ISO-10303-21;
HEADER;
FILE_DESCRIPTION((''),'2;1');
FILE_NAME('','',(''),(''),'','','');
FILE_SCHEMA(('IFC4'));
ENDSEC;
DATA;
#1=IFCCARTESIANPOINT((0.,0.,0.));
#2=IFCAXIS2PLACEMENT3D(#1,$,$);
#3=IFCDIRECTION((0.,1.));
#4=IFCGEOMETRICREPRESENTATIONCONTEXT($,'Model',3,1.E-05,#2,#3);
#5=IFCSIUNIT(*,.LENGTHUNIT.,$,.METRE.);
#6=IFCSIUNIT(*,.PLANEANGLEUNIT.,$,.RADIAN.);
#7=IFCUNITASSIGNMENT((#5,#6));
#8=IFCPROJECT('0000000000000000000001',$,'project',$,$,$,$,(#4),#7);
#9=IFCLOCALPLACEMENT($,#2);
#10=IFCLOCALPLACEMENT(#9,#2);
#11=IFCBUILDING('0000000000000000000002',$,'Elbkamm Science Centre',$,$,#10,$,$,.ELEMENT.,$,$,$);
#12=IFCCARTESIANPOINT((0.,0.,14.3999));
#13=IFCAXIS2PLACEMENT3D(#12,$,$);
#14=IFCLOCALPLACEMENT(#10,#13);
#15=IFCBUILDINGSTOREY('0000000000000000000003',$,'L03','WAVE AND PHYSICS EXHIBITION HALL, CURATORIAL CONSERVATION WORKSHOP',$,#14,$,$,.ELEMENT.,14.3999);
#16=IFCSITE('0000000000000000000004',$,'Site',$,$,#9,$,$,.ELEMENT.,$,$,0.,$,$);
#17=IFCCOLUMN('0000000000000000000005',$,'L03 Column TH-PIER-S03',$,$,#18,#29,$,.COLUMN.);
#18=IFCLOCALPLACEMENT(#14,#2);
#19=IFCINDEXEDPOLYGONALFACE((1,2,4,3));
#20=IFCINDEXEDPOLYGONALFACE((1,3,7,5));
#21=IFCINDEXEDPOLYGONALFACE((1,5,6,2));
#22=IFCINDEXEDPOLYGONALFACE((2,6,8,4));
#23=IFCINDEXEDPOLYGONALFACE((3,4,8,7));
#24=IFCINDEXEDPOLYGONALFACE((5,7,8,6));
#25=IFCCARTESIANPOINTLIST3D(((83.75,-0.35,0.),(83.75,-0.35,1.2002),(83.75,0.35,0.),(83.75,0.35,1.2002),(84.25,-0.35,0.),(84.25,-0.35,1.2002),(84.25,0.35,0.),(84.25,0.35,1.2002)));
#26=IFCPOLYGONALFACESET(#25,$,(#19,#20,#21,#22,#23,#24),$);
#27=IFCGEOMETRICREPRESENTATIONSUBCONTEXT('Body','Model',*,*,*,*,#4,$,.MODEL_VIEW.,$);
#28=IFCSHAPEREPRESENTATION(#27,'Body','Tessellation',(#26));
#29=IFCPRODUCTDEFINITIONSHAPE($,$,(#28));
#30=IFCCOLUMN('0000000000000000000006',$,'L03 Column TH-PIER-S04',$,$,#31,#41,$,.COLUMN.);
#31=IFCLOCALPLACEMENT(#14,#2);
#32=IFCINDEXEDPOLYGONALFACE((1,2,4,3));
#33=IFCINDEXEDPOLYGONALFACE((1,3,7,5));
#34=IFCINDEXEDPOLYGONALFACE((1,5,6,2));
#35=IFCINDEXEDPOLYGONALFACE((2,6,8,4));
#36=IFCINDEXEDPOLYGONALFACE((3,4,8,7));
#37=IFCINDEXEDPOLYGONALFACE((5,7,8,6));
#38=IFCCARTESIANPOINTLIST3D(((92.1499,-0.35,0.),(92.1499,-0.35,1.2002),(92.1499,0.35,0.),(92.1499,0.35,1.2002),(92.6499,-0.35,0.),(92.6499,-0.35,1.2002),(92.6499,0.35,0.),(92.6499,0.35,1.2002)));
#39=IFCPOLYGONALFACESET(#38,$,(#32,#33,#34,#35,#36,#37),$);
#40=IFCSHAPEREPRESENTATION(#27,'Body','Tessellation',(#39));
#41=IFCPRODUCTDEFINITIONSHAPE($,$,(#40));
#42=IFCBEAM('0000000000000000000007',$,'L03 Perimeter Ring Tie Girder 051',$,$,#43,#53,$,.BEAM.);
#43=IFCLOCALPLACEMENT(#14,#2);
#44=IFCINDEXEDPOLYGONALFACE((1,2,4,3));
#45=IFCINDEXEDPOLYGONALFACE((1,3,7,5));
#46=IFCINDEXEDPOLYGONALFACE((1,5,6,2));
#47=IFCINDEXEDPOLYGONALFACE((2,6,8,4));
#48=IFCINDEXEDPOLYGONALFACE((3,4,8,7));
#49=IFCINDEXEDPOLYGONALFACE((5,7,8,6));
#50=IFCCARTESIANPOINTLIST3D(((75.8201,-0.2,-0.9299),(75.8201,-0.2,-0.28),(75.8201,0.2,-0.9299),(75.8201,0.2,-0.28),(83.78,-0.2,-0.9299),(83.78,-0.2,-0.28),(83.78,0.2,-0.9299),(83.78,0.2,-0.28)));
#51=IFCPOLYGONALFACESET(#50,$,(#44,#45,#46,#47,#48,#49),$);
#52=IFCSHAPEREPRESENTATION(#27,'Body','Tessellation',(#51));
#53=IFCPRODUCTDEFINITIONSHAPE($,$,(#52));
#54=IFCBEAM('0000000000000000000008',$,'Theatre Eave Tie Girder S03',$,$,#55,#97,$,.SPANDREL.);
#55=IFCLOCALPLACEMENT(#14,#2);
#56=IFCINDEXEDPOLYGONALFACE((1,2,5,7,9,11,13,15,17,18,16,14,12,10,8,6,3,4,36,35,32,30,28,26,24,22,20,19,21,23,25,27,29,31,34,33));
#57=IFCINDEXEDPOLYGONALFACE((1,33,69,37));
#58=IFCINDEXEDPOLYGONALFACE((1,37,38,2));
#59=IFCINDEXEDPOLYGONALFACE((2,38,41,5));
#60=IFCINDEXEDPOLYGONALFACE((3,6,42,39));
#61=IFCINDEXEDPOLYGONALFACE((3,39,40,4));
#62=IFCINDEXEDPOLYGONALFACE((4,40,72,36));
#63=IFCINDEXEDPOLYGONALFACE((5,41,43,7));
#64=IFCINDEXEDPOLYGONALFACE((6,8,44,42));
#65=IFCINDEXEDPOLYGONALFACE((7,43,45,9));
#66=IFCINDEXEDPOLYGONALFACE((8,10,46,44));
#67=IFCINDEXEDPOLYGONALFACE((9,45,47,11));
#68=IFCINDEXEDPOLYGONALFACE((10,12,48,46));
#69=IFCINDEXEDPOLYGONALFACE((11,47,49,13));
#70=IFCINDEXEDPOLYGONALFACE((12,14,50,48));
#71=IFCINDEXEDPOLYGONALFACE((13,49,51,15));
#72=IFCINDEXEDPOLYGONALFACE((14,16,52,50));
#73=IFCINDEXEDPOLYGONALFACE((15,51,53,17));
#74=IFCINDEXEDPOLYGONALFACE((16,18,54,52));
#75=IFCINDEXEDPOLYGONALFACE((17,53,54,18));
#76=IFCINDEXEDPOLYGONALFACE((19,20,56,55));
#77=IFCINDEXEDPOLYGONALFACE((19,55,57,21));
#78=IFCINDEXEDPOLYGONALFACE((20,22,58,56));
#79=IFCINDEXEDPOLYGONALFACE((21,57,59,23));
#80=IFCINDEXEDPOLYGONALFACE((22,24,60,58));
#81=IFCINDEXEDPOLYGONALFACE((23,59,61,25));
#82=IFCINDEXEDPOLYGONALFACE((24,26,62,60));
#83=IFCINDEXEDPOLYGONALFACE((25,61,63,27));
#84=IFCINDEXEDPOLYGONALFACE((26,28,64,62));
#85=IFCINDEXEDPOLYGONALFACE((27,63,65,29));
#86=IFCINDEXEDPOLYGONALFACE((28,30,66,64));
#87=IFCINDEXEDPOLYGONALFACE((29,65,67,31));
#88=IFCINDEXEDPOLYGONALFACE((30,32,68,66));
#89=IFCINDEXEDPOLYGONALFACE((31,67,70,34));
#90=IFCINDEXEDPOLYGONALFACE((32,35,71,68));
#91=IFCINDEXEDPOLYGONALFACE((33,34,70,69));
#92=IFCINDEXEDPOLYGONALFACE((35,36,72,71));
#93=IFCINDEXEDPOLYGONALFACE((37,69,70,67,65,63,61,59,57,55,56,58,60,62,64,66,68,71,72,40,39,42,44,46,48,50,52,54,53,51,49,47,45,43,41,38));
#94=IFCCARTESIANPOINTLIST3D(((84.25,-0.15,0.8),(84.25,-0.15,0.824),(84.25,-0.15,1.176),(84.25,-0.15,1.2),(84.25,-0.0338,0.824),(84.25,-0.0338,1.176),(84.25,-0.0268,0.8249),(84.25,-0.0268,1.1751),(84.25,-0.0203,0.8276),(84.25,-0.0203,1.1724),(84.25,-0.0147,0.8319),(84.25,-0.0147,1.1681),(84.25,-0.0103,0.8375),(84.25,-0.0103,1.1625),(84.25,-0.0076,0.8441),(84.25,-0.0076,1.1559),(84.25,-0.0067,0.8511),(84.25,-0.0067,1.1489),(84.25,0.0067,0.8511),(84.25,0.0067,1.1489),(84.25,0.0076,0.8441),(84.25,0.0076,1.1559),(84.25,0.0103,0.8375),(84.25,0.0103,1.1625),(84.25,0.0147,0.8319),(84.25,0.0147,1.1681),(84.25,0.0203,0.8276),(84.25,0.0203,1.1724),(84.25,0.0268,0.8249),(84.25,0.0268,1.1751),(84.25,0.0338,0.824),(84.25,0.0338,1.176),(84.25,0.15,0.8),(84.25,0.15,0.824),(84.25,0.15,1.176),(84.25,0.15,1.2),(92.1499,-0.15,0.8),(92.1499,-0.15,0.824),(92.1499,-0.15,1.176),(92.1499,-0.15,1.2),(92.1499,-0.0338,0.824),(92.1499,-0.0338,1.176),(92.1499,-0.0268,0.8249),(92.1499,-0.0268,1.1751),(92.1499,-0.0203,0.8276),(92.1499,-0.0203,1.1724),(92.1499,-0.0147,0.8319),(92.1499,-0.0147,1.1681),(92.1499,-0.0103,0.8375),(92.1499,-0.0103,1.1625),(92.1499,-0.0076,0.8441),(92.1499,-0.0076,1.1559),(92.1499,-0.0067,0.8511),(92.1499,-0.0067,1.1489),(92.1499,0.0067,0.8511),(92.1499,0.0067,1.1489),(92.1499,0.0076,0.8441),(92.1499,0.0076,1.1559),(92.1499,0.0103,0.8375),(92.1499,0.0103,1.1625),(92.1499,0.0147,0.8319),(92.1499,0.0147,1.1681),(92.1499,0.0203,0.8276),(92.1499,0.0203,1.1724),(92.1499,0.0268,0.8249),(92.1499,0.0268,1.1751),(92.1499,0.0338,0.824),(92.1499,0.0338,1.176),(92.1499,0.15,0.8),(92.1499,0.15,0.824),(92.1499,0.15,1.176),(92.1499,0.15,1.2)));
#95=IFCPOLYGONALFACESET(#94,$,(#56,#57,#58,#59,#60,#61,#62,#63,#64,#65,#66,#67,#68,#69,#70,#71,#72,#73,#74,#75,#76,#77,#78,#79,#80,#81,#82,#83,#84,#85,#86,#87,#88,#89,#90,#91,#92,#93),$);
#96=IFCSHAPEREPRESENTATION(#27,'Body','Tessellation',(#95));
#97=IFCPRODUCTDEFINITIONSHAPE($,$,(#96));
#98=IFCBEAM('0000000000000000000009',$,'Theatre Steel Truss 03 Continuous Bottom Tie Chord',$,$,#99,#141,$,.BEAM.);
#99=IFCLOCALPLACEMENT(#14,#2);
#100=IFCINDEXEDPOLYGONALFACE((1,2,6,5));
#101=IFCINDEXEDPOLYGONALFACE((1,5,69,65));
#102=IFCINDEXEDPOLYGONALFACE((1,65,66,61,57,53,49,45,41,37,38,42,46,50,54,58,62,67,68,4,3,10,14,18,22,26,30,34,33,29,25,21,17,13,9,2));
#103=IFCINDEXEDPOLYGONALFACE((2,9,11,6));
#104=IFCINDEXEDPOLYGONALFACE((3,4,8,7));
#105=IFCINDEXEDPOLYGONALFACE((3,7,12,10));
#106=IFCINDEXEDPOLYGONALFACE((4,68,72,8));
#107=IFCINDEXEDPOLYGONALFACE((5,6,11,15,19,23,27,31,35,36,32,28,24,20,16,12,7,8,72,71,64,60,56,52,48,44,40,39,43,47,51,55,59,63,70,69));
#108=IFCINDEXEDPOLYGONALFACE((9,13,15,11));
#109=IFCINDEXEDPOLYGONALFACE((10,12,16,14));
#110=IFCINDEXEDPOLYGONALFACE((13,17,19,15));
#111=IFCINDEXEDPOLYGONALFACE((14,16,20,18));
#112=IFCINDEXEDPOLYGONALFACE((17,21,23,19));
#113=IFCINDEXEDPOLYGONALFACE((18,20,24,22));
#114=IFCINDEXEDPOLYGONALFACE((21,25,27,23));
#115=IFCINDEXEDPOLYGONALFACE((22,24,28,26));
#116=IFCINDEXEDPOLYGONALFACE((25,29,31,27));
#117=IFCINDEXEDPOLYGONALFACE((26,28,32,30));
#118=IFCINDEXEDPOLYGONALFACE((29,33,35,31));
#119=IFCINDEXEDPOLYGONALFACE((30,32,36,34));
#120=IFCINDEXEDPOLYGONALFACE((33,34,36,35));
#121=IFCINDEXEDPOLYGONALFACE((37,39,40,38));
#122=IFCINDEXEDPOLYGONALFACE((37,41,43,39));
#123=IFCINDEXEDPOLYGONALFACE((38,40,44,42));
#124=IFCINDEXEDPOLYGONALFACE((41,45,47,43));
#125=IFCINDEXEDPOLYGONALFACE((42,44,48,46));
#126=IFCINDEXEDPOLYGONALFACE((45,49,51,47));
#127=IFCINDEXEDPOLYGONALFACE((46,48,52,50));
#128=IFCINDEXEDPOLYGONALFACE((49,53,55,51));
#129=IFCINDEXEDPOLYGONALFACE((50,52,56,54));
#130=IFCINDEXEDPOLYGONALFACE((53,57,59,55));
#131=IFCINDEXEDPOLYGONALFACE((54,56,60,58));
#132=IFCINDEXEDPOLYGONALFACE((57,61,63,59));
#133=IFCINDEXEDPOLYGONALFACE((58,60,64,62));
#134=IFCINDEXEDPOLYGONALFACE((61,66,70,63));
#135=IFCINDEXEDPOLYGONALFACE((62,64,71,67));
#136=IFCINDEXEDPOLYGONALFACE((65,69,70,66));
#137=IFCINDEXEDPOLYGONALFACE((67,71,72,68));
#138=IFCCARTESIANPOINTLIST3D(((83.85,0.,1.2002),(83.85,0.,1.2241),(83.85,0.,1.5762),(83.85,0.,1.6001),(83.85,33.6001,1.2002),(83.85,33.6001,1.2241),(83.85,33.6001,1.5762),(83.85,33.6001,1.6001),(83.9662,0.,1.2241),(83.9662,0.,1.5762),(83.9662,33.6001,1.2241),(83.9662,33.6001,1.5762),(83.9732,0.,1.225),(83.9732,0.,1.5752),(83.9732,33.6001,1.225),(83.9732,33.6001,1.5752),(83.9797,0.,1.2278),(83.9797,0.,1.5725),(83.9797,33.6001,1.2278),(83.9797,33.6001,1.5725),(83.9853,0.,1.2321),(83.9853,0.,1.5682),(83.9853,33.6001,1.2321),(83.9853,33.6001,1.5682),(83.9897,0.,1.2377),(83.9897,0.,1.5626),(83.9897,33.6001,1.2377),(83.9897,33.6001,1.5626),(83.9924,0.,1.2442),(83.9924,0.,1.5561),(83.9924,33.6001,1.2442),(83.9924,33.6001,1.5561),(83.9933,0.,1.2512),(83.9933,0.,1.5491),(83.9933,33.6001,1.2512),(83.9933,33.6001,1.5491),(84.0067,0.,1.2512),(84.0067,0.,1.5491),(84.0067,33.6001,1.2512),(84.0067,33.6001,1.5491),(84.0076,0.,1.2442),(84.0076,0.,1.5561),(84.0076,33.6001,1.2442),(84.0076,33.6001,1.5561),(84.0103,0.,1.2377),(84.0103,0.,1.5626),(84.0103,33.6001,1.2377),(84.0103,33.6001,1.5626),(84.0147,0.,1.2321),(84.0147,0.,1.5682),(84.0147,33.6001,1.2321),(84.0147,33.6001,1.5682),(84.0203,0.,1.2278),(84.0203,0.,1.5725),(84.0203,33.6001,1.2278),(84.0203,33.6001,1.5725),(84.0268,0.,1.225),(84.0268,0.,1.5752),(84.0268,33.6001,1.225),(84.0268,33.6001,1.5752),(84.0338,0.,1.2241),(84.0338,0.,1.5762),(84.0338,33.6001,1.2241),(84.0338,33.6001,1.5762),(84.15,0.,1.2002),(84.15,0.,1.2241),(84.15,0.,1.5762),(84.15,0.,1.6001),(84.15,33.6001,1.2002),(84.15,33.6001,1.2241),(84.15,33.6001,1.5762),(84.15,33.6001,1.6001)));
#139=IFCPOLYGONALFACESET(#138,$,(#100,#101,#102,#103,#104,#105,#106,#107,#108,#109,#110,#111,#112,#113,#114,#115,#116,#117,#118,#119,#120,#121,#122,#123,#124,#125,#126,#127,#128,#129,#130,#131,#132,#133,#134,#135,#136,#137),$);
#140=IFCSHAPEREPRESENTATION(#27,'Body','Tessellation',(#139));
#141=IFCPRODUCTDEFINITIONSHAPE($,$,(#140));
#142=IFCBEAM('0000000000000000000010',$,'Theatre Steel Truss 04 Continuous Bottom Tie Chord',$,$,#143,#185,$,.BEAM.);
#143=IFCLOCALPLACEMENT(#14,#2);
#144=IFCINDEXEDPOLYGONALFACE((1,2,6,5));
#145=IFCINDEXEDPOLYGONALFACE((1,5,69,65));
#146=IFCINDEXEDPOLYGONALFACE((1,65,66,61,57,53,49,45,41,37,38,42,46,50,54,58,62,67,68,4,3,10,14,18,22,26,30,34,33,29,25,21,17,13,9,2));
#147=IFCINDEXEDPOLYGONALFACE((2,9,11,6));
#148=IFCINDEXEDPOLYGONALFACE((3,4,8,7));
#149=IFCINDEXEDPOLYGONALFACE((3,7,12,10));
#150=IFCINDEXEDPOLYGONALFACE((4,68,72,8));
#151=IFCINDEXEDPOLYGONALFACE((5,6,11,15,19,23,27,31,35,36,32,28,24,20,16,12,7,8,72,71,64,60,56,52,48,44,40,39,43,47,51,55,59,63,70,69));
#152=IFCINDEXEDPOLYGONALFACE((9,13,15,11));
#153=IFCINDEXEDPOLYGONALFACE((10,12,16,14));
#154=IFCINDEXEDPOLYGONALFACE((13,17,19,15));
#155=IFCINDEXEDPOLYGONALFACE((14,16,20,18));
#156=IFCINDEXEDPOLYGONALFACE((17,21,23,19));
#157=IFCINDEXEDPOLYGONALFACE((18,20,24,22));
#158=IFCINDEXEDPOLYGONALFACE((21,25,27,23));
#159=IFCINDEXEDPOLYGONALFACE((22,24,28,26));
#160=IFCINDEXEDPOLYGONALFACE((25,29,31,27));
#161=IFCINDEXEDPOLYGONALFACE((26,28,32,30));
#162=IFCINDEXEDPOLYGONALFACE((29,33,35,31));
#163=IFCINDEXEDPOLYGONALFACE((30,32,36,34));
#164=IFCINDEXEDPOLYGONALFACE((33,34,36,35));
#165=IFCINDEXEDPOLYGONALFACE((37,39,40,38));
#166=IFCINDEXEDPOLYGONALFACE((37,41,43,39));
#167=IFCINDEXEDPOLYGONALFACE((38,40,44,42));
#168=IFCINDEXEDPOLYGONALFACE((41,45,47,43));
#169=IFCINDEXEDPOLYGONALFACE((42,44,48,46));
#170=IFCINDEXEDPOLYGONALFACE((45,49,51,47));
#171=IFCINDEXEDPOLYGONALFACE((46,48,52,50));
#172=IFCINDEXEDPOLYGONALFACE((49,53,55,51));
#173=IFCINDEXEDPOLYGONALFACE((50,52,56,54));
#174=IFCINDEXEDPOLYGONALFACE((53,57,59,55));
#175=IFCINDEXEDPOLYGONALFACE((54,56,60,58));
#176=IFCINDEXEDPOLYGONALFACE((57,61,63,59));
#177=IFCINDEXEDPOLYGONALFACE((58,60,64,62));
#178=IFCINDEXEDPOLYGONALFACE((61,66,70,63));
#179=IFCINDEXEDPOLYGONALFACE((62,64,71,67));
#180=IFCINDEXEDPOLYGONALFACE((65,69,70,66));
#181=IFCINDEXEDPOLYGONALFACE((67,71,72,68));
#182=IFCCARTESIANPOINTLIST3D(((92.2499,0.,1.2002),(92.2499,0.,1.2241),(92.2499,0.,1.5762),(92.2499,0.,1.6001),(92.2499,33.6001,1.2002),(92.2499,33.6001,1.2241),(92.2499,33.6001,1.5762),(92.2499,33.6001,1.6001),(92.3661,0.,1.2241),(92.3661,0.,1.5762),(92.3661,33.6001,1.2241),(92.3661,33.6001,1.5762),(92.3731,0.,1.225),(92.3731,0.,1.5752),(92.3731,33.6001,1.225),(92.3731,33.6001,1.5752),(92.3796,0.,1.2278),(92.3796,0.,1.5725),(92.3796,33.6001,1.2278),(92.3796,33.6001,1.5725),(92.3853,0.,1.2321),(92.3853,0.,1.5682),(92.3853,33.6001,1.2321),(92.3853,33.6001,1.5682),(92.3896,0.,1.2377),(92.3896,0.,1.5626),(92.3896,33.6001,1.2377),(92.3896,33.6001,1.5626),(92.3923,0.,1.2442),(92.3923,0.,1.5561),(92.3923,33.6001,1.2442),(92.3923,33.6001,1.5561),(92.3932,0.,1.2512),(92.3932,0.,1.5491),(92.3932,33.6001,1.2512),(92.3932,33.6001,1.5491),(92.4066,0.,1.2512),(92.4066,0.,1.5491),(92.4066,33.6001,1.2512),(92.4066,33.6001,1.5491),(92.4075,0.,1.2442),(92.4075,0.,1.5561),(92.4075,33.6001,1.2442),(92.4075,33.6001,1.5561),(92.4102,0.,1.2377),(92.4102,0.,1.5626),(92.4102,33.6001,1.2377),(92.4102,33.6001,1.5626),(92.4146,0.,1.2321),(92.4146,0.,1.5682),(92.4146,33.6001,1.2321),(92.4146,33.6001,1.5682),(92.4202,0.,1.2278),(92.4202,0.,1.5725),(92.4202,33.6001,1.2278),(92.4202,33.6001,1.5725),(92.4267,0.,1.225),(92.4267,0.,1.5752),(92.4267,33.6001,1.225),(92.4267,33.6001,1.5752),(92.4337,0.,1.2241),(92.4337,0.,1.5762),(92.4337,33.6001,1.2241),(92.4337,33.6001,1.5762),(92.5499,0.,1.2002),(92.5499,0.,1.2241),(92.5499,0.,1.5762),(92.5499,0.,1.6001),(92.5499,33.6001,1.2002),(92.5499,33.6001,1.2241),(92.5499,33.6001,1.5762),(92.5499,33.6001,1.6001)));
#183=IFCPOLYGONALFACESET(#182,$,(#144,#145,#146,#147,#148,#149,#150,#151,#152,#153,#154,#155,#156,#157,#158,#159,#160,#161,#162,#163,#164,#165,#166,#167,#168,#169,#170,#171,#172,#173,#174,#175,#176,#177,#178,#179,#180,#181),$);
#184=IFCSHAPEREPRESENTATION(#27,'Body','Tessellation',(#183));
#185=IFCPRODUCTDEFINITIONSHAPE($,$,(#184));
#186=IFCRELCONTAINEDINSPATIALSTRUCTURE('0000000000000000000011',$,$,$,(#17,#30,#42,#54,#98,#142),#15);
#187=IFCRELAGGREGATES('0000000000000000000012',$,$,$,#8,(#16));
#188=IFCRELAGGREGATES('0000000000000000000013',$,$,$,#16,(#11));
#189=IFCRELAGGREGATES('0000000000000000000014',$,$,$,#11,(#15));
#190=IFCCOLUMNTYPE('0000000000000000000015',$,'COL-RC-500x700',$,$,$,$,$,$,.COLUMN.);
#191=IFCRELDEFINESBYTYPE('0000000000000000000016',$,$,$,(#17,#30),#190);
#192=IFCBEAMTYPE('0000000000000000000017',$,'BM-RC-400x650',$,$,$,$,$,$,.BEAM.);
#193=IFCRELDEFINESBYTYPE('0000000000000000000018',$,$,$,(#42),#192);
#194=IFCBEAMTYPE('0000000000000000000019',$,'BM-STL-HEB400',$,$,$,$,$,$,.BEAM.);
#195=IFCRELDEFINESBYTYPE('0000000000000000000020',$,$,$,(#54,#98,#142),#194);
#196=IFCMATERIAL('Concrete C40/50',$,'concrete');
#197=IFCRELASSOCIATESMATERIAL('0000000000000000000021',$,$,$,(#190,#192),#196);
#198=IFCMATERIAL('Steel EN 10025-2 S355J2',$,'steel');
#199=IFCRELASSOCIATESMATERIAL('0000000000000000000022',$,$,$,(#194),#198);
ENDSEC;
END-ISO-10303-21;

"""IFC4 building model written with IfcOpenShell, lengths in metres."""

from ifc_helpers import new_model, si_unit, direction, frame, origin, origin_2d, place, context, subcontext, project, spatial, rectangle, i_section, extrude, material, material_profile, profile_set, type_object, element, save


model = new_model("IFC4")

# Units and contexts
model_context = context("Model", 3, precision=1e-05, world=origin(), true_north=direction((0.0, 1.0)))
body_context = subcontext(model_context, "Body", "Model", "MODEL_VIEW")
ifc_project = project(units=[si_unit("LENGTHUNIT", "METRE"), si_unit("PLANEANGLEUNIT", "RADIAN")], contexts=[model_context])

# Site, building, storey
site_placement = place(None, origin())
site = spatial("IfcSite", under=ifc_project, at=site_placement, Name="Site", CompositionType="ELEMENT", RefElevation=0.0)
building_placement = place(site_placement, origin())
building = spatial("IfcBuilding", under=site, at=building_placement, Name="Elbkamm Science Centre", CompositionType="ELEMENT")
storey_placement = place(building_placement, frame((0.0, 0.0, 14.3999)))
storey = spatial("IfcBuildingStorey", under=building, at=storey_placement, Name="L03", Description="WAVE AND PHYSICS EXHIBITION HALL, CURATORIAL CONSERVATION WORKSHOP", CompositionType="ELEMENT", Elevation=14.3999)

# Columns
ifc_material_1 = material(Name="Concrete C40/50", Category="concrete")
ifc_material_profile_1 = material_profile(ifc_material_1, rectangle(XDim=0.5, YDim=0.7, at=origin_2d()), Name="RC 500x700")
ifc_profile_set_1 = profile_set([ifc_material_profile_1], Name="Concrete C40/50")
column_type = type_object("IfcColumnType", Name="COL-RC-500x700", PredefinedType="COLUMN", material=ifc_profile_set_1)
for number, where, z_axis, x_axis, name in (
    (1, (84.0, 0.0, 0.0), (0.0, 0.0, 1.0), (1.0, 0.0, 0.0), "L03 Column TH-PIER-S03"),
    (2, (92.3999, 0.0, 0.0), (0.0, 0.0, 1.0), (1.0, 0.0, 0.0), "L03 Column TH-PIER-S04"),
):
    element("IfcColumn", number, at=place(storey_placement, frame(where, z_axis=z_axis, x_axis=x_axis)), inside=storey, type_object=column_type, Name=name, PredefinedType="COLUMN", context=body_context, shape_type="SweptSolid", body=[
        extrude(rectangle(XDim=0.5, YDim=0.7, at=origin_2d()), origin(), (0.0, 0.0, 1.0), 1.2002),
    ])

# Beams
ifc_material_profile_2 = material_profile(ifc_material_1, rectangle(XDim=0.3999, YDim=0.6499, at=origin_2d()), Name="RC 400x650")
ifc_profile_set_2 = profile_set([ifc_material_profile_2], Name="Concrete C40/50")
beam_type_1 = type_object("IfcBeamType", Name="BM-RC-400x650", PredefinedType="BEAM", material=ifc_profile_set_2)
beam_1_placement = place(storey_placement, frame((83.78, 0.0, -0.605), z_axis=(-1.0, 0.0, 0.0), x_axis=(0.0, -1.0, 0.0)))
element("IfcBeam", 3, at=beam_1_placement, inside=storey, type_object=beam_type_1, Name="L03 Perimeter Ring Tie Girder 051", PredefinedType="BEAM", context=body_context, shape_type="SweptSolid", body=[
    extrude(rectangle(XDim=0.3999, YDim=0.6499, at=origin_2d()), origin(), (0.0, 0.0, 1.0), 7.96),
])
ifc_material_2 = material(Name="Steel EN 10025-2 S355J2", Category="steel")
ifc_material_profile_3 = material_profile(ifc_material_2, i_section(OverallWidth=0.3, OverallDepth=0.3999, WebThickness=0.0134, FlangeThickness=0.0239, FilletRadius=0.0271, at=origin_2d()), Name="HEB 400")
ifc_profile_set_3 = profile_set([ifc_material_profile_3], Name="Steel EN 10025-2 S355J2")
beam_type_2 = type_object("IfcBeamType", Name="BM-STL-HEB400", PredefinedType="BEAM", material=ifc_profile_set_3)
beam_2_placement = place(storey_placement, frame((84.25, 0.0, 1.0), z_axis=(1.0, 0.0, 0.0), x_axis=(0.0, 1.0, 0.0)))
element("IfcBeam", 4, at=beam_2_placement, inside=storey, type_object=beam_type_2, Name="Theatre Eave Tie Girder S03", PredefinedType="SPANDREL", context=body_context, shape_type="SweptSolid", body=[
    extrude(i_section(OverallWidth=0.3, OverallDepth=0.3999, WebThickness=0.0134, FlangeThickness=0.0239, FilletRadius=0.0271, at=origin_2d()), origin(), (0.0, 0.0, 1.0), 7.8999),
])
for number, where, z_axis, x_axis, name in (
    (5, (84.0, 0.0, 1.4001), (0.0, 1.0, 0.0), (-1.0, 0.0, 0.0), "Theatre Steel Truss 03 Continuous Bottom Tie Chord"),
    (6, (92.3999, 0.0, 1.4001), (0.0, 1.0, 0.0), (-1.0, 0.0, 0.0), "Theatre Steel Truss 04 Continuous Bottom Tie Chord"),
):
    element("IfcBeam", number, at=place(storey_placement, frame(where, z_axis=z_axis, x_axis=x_axis)), inside=storey, type_object=beam_type_2, Name=name, PredefinedType="BEAM", context=body_context, shape_type="SweptSolid", body=[
        extrude(i_section(OverallWidth=0.3, OverallDepth=0.3999, WebThickness=0.0134, FlangeThickness=0.0239, FilletRadius=0.0271, at=origin_2d()), origin(), (0.0, 0.0, 1.0), 33.6001),
    ])

save(model, "model.ifc")
